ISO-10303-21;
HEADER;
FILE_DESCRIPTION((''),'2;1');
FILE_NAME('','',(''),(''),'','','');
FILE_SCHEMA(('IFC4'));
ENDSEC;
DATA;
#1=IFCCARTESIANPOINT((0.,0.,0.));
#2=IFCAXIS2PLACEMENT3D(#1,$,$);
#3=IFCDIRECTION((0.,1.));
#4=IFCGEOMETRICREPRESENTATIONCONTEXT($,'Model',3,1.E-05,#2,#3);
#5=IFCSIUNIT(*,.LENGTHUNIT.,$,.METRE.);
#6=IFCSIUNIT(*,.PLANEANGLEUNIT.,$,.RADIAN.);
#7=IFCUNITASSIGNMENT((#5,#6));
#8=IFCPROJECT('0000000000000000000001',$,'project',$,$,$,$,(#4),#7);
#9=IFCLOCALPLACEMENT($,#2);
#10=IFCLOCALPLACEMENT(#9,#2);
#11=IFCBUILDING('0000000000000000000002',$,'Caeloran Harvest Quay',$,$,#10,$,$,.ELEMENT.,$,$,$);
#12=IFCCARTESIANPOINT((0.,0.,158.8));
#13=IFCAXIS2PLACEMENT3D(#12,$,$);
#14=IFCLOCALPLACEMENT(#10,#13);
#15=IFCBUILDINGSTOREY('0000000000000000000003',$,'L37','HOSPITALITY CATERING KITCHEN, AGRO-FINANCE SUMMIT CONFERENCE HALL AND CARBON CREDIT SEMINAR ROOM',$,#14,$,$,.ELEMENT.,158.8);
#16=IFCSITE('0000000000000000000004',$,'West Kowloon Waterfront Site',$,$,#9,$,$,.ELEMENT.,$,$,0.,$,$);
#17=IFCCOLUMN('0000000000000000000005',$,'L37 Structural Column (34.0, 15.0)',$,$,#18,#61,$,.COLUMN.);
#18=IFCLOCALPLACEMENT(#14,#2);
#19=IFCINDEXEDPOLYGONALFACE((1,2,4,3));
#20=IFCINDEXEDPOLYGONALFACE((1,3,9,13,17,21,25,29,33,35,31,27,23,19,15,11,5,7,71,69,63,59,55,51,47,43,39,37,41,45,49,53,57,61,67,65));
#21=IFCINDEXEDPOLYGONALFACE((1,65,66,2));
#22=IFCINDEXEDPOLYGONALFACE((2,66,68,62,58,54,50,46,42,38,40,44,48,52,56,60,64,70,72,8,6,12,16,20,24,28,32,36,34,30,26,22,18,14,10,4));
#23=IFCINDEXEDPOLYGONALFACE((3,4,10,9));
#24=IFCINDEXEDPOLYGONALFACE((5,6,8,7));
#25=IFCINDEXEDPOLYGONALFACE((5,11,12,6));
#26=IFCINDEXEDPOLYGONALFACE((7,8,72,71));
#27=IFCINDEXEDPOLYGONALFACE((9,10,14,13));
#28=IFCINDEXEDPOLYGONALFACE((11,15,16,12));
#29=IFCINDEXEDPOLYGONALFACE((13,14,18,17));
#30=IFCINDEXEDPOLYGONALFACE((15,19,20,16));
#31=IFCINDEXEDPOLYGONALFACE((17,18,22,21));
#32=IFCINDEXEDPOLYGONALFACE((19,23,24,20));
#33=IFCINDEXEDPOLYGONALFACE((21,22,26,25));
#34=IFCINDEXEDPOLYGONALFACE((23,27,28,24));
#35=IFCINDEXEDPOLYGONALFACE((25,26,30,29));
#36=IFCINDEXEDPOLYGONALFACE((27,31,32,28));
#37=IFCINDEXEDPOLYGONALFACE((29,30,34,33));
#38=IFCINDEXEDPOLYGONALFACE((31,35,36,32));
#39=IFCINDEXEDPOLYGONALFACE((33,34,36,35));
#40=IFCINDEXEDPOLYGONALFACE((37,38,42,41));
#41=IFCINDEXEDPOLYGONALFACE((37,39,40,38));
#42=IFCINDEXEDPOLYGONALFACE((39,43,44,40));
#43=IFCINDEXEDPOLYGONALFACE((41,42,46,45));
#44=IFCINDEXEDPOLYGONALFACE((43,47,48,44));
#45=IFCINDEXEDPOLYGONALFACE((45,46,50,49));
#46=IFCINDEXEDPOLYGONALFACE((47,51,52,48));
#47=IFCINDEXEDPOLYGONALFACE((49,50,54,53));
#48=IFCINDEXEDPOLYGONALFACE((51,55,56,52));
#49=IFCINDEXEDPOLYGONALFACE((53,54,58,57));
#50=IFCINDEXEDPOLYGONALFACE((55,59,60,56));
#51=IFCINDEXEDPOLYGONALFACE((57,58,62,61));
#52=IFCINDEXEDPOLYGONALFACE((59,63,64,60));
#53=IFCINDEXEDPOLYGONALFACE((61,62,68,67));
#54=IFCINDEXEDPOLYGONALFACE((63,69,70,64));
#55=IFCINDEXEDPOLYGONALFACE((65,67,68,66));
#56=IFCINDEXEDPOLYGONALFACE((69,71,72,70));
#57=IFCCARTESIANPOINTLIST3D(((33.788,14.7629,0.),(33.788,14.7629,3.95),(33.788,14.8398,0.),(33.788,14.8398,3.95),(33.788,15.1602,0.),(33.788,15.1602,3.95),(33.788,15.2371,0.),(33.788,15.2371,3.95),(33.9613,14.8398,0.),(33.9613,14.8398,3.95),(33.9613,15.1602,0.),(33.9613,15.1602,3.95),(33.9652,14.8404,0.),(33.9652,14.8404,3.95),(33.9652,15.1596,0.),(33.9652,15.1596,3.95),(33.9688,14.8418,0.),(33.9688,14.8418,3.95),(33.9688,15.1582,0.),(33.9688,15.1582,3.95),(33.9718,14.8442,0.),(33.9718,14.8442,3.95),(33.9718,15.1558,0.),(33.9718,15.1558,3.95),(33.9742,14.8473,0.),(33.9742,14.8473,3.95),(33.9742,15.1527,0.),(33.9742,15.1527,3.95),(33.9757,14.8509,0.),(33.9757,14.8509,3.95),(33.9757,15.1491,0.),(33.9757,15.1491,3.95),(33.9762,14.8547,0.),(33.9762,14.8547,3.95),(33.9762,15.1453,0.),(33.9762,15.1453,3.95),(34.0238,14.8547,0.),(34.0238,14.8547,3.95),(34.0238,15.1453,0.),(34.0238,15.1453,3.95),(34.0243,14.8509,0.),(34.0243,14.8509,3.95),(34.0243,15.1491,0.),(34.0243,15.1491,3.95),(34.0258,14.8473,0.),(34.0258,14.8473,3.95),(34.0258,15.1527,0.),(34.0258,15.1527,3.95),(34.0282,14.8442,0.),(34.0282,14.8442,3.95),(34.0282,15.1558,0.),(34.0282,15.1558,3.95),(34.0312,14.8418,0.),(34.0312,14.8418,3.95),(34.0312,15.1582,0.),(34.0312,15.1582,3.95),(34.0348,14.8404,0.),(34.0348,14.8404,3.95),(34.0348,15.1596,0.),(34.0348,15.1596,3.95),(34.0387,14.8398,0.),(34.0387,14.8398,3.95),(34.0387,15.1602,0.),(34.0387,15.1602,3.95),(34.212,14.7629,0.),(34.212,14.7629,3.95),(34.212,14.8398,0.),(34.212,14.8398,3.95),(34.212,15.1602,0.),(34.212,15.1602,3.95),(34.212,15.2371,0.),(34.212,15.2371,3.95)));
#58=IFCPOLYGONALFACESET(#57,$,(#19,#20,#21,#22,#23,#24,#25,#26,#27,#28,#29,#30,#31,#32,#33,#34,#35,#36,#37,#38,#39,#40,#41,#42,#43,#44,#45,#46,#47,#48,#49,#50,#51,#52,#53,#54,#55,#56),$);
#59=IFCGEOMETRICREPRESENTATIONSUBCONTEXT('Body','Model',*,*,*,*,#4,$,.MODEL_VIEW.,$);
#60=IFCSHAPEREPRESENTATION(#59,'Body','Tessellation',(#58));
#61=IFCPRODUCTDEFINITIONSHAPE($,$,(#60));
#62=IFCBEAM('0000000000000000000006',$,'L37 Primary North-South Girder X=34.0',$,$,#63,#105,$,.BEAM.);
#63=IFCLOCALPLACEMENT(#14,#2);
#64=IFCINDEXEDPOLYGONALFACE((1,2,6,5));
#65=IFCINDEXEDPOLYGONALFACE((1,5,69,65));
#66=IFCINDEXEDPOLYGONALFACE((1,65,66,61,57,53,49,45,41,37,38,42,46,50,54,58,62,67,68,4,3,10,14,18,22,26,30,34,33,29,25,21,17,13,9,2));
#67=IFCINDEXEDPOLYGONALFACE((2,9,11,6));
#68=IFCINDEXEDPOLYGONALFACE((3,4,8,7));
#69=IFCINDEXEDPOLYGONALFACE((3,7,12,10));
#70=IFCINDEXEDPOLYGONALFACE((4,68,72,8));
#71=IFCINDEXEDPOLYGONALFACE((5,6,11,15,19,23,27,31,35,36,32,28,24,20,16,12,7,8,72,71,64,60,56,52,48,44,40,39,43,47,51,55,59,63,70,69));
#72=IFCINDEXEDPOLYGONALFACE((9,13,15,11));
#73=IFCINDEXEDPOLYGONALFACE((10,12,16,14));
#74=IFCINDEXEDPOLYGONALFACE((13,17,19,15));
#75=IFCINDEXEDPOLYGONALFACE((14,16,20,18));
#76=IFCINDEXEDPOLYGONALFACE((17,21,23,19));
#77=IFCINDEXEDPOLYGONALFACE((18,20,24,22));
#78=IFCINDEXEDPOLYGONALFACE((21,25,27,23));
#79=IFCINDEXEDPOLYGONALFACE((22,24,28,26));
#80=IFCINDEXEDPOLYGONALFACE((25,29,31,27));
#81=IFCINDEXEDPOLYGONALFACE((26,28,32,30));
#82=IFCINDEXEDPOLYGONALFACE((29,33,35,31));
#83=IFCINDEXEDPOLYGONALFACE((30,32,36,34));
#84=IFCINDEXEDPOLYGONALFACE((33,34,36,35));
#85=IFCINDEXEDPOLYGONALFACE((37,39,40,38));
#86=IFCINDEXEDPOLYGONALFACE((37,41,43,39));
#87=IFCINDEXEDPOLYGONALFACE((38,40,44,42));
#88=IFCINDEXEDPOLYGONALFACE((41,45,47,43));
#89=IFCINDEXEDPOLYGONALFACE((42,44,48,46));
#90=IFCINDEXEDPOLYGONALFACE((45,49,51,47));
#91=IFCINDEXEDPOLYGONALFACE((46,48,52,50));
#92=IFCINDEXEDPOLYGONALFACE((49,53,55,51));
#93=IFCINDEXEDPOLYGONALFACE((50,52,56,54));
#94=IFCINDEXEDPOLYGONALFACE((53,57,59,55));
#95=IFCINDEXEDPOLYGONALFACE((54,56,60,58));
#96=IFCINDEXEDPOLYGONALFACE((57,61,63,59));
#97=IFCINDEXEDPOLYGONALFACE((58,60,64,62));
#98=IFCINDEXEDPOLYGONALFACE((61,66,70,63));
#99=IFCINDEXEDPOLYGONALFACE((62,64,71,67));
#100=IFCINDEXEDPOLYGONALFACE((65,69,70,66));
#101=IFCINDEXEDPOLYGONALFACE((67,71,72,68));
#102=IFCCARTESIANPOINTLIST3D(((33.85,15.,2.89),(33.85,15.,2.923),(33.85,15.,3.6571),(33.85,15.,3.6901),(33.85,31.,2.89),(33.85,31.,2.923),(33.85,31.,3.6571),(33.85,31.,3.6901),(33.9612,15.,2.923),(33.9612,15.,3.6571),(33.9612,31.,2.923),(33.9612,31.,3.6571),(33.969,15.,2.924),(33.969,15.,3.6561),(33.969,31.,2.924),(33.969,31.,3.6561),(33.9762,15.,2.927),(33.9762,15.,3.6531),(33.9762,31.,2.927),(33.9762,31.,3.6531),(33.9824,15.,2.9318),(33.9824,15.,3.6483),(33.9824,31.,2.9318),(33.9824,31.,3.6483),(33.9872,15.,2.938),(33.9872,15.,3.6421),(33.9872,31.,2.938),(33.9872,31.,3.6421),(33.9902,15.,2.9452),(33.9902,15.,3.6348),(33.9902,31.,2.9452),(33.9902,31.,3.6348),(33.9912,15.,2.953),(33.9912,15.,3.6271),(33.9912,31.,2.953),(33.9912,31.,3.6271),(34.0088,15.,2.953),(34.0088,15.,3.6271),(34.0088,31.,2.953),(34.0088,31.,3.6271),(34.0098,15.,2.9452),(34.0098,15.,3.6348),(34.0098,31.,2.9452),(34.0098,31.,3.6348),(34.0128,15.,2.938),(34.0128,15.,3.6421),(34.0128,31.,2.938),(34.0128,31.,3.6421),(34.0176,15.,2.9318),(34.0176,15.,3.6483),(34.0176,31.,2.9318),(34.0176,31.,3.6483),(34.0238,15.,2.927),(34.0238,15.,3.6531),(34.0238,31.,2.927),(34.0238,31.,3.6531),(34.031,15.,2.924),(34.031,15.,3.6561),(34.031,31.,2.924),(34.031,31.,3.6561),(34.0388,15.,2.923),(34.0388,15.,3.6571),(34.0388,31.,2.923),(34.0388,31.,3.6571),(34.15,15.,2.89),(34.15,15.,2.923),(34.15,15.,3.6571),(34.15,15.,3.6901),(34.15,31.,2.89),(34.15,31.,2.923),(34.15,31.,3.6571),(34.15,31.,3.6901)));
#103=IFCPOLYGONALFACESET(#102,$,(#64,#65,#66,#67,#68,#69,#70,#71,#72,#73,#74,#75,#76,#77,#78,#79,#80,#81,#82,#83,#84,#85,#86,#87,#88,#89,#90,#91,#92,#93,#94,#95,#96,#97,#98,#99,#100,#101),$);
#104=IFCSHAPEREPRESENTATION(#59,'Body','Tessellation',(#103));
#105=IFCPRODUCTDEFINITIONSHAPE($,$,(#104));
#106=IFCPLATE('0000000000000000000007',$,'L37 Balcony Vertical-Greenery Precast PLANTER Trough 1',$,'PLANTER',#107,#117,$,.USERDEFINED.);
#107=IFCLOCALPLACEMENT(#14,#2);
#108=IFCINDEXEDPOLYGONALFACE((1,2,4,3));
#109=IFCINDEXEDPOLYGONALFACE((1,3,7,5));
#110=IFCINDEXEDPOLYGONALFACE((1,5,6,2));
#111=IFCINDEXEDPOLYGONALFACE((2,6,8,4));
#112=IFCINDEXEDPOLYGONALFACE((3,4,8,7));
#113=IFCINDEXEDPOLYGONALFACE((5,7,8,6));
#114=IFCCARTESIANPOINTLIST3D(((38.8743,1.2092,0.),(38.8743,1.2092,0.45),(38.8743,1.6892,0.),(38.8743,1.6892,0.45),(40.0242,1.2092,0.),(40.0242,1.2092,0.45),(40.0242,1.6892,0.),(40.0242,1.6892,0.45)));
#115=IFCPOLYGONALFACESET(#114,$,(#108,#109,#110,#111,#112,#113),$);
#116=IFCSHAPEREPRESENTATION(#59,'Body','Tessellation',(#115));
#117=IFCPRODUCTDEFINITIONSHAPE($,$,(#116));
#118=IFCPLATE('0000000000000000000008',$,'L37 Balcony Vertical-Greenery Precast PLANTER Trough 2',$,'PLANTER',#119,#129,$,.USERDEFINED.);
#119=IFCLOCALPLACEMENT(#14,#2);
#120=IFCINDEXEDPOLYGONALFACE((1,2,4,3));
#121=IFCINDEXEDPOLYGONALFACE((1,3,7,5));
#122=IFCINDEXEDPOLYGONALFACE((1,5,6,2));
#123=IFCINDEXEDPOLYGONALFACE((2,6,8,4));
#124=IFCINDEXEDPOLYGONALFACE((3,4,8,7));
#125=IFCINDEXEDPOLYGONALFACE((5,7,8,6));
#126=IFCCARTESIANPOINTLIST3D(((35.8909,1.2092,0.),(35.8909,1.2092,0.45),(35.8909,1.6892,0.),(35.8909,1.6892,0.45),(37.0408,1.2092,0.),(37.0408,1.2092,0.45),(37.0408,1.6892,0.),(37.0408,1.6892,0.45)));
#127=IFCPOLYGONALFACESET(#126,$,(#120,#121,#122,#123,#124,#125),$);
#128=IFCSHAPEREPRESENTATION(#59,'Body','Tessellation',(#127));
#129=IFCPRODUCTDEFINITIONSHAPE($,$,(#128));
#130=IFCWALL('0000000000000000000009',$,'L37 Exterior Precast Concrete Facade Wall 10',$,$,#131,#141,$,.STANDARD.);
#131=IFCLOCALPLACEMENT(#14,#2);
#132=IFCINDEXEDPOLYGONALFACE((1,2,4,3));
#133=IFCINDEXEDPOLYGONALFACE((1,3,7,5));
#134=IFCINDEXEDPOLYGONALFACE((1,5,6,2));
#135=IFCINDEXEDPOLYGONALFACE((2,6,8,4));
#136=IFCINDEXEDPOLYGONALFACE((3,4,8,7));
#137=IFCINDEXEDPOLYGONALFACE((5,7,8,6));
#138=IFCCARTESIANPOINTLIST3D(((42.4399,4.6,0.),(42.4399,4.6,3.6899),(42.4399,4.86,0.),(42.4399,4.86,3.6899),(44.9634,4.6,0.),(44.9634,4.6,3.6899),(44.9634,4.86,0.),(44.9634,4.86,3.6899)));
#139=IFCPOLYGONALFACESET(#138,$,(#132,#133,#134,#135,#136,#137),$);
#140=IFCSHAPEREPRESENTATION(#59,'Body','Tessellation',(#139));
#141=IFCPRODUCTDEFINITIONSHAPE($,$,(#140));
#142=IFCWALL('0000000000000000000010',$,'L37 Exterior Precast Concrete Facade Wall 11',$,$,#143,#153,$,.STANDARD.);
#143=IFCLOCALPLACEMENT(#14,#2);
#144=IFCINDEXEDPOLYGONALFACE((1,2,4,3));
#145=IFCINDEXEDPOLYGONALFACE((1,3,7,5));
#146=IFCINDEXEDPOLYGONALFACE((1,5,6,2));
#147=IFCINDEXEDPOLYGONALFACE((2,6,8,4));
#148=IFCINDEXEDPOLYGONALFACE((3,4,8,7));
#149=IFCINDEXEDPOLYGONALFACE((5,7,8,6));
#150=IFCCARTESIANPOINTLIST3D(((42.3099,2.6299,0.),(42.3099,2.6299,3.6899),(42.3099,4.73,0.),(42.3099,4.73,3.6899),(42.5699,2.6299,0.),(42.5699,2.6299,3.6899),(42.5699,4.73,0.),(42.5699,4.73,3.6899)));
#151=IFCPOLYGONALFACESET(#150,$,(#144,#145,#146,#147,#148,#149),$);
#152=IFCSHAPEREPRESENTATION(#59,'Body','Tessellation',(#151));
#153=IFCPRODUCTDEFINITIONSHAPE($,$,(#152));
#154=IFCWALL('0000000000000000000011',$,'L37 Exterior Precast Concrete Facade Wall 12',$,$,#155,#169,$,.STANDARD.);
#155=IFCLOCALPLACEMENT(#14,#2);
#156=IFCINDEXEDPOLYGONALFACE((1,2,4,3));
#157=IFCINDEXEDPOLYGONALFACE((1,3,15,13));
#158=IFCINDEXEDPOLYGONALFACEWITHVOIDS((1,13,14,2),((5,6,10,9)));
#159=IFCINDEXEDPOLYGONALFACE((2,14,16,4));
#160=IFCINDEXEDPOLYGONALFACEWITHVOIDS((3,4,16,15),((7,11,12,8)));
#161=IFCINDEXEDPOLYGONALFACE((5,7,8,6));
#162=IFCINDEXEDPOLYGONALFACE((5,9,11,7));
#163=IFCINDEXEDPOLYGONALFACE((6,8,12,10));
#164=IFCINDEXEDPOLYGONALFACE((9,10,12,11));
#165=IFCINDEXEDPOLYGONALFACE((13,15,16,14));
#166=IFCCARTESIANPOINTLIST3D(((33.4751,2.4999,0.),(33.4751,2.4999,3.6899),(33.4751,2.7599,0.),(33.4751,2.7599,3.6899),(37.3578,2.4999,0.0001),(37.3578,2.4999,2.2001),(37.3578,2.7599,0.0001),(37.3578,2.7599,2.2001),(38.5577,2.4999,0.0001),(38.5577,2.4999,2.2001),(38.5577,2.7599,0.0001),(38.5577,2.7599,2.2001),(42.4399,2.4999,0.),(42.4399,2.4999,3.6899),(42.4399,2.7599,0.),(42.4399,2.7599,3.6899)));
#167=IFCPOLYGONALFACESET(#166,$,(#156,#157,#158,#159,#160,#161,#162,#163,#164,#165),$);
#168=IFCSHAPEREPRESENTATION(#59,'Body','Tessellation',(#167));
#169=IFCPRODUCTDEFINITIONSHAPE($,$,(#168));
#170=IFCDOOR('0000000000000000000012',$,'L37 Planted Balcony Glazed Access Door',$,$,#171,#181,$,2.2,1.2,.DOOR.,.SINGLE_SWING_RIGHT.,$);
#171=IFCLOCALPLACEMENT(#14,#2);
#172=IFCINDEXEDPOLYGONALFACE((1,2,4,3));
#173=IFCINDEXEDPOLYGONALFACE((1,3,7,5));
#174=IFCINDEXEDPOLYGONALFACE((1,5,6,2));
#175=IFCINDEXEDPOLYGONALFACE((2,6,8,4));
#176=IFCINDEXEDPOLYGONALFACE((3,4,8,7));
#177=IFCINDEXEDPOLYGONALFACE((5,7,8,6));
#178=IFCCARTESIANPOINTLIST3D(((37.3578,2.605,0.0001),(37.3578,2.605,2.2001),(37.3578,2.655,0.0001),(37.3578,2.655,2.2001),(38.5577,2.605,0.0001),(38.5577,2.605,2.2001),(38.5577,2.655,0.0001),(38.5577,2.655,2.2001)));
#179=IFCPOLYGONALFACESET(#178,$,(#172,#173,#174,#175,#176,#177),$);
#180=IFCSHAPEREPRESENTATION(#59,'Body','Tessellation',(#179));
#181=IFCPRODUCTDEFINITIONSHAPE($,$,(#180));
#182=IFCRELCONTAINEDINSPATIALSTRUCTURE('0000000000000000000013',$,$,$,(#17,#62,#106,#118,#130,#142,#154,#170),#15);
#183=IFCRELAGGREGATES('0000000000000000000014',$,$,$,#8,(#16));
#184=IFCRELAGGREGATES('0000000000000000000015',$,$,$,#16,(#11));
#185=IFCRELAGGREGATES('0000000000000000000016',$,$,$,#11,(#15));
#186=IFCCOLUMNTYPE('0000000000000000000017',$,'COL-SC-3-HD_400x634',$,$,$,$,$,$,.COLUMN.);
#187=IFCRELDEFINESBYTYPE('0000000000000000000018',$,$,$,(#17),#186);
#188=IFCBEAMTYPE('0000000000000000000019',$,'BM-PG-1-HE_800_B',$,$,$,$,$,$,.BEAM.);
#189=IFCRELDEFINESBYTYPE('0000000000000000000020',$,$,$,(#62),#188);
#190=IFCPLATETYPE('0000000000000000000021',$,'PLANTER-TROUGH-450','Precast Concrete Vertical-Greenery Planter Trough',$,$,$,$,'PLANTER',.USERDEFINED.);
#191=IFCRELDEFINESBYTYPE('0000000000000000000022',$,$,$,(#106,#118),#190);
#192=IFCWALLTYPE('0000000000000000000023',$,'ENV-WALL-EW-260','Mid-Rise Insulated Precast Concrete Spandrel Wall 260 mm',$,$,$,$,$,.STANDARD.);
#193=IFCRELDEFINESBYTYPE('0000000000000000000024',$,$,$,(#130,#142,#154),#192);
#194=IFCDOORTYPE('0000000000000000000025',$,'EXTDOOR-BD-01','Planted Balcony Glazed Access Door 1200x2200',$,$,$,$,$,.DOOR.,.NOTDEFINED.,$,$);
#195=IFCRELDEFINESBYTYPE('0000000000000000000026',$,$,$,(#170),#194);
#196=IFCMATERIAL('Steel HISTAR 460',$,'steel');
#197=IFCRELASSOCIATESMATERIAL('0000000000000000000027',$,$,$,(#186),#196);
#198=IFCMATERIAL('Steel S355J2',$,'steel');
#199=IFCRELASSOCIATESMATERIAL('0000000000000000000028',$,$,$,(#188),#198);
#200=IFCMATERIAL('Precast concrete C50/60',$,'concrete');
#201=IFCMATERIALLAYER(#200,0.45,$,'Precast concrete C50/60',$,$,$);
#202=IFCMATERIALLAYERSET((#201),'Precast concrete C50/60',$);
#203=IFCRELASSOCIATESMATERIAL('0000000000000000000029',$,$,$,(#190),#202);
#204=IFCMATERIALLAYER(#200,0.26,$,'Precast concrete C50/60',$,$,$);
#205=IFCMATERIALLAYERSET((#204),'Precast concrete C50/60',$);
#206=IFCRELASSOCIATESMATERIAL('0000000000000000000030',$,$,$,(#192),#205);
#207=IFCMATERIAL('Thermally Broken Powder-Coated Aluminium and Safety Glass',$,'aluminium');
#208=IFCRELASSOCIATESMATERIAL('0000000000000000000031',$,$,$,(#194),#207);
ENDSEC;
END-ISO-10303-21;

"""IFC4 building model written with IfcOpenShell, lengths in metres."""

from ifc_helpers import new_model, si_unit, direction, frame, frame_2d, origin, origin_2d, place, context, subcontext, project, spatial, rectangle, i_section, extrude, material, layer, layer_set, material_profile, profile_set, type_object, element, fill, save


model = new_model("IFC4")

# Units and contexts
model_context = context("Model", 3, precision=1e-05, world=origin(), true_north=direction((0.0, 1.0)))
body_context = subcontext(model_context, "Body", "Model", "MODEL_VIEW")
ifc_project = project(units=[si_unit("LENGTHUNIT", "METRE"), si_unit("PLANEANGLEUNIT", "RADIAN")], contexts=[model_context])

# Site, building, storey
site_placement = place(None, origin())
site = spatial("IfcSite", under=ifc_project, at=site_placement, Name="West Kowloon Waterfront Site", CompositionType="ELEMENT", RefElevation=0.0)
building_placement = place(site_placement, origin())
building = spatial("IfcBuilding", under=site, at=building_placement, Name="Caeloran Harvest Quay", CompositionType="ELEMENT")
storey_placement = place(building_placement, frame((0.0, 0.0, 158.8)))
storey = spatial("IfcBuildingStorey", under=building, at=storey_placement, Name="L37", Description="HOSPITALITY CATERING KITCHEN, AGRO-FINANCE SUMMIT CONFERENCE HALL AND CARBON CREDIT SEMINAR ROOM", CompositionType="ELEMENT", Elevation=158.8)

# Column
ifc_material_1 = material(Name="Steel HISTAR 460", Category="steel")
ifc_material_profile_1 = material_profile(ifc_material_1, i_section(OverallWidth=0.4241, OverallDepth=0.4741, WebThickness=0.0476, FlangeThickness=0.0769, FilletRadius=0.0149, at=origin_2d()), Name="HD 400x634")
ifc_profile_set_1 = profile_set([ifc_material_profile_1], Name="Steel HISTAR 460")
column_type = type_object("IfcColumnType", Name="COL-SC-3-HD_400x634", PredefinedType="COLUMN", material=ifc_profile_set_1)
column_placement = place(storey_placement, frame((34.0, 15.0, 0.0), z_axis=(0.0, 0.0, 1.0), x_axis=(1.0, 0.0, 0.0)))
element("IfcColumn", 1, at=column_placement, inside=storey, type_object=column_type, Name="L37 Structural Column (34.0, 15.0)", PredefinedType="COLUMN", context=body_context, shape_type="SweptSolid", body=[
    extrude(i_section(OverallWidth=0.4241, OverallDepth=0.4741, WebThickness=0.0476, FlangeThickness=0.0769, FilletRadius=0.0149, at=origin_2d()), origin(), (0.0, 0.0, 1.0), 3.95),
])

# Beam
ifc_material_2 = material(Name="Steel S355J2", Category="steel")
ifc_material_profile_2 = material_profile(ifc_material_2, i_section(OverallWidth=0.3, OverallDepth=0.8, WebThickness=0.0176, FlangeThickness=0.033, FilletRadius=0.03, at=origin_2d()), Name="HE 800 B")
ifc_profile_set_2 = profile_set([ifc_material_profile_2], Name="Steel S355J2")
beam_type = type_object("IfcBeamType", Name="BM-PG-1-HE_800_B", PredefinedType="BEAM", material=ifc_profile_set_2)
beam_placement = place(storey_placement, frame((34.0, 15.0, 3.29), z_axis=(0.0, 1.0, 0.0), x_axis=(-1.0, 0.0, 0.0)))
element("IfcBeam", 2, at=beam_placement, inside=storey, type_object=beam_type, Name="L37 Primary North-South Girder X=34.0", PredefinedType="BEAM", context=body_context, shape_type="SweptSolid", body=[
    extrude(i_section(OverallWidth=0.3, OverallDepth=0.8, WebThickness=0.0176, FlangeThickness=0.033, FilletRadius=0.03, at=origin_2d()), origin(), (0.0, 0.0, 1.0), 16.0),
])

# Plates
ifc_material_3 = material(Name="Precast concrete C50/60", Category="concrete")
ifc_layer_1 = layer(ifc_material_3, 0.45, Name="Precast concrete C50/60")
ifc_layer_set_1 = layer_set([ifc_layer_1], Name="Precast concrete C50/60")
plate_type = type_object("IfcPlateType", Name="PLANTER-TROUGH-450", Description="Precast Concrete Vertical-Greenery Planter Trough", ElementType="PLANTER", PredefinedType="USERDEFINED", material=ifc_layer_set_1)
for number, where, z_axis, x_axis, name in (
    (3, (39.4492, 1.4492, 0.0), (0.0, 0.0, 1.0), (1.0, 0.0, 0.0), "L37 Balcony Vertical-Greenery Precast PLANTER Trough 1"),
    (4, (36.4658, 1.4492, 0.0), (0.0, 0.0, 1.0), (1.0, 0.0, 0.0), "L37 Balcony Vertical-Greenery Precast PLANTER Trough 2"),
):
    element("IfcPlate", number, at=place(storey_placement, frame(where, z_axis=z_axis, x_axis=x_axis)), inside=storey, type_object=plate_type, Name=name, ObjectType="PLANTER", PredefinedType="USERDEFINED", context=body_context, shape_type="SweptSolid", body=[
        extrude(rectangle(XDim=1.1499, YDim=0.48, at=origin_2d()), origin(), (0.0, 0.0, 1.0), 0.45),
    ])

# Walls
ifc_layer_2 = layer(ifc_material_3, 0.26, Name="Precast concrete C50/60")
ifc_layer_set_2 = layer_set([ifc_layer_2], Name="Precast concrete C50/60")
wall_type_1 = type_object("IfcWallType", Name="ENV-WALL-EW-260", Description="Mid-Rise Insulated Precast Concrete Spandrel Wall 260 mm", PredefinedType="STANDARD", material=ifc_layer_set_2)
wall_1_placement = place(storey_placement, frame((44.9634, 4.73, 0.0), z_axis=(0.0, 0.0, 1.0), x_axis=(-1.0, 0.0, 0.0)))
element("IfcWall", 5, at=wall_1_placement, inside=storey, type_object=wall_type_1, Name="L37 Exterior Precast Concrete Facade Wall 10", PredefinedType="STANDARD", context=body_context, shape_type="SweptSolid", body=[
    extrude(rectangle(XDim=2.5234, YDim=0.26, at=frame_2d((1.2617, 0.0))), origin(), (0.0, 0.0, 1.0), 3.6899),
])
wall_2_placement = place(storey_placement, frame((42.4399, 4.73, 0.0), z_axis=(0.0, 0.0, 1.0), x_axis=(0.0, -1.0, 0.0)))
element("IfcWall", 6, at=wall_2_placement, inside=storey, type_object=wall_type_1, Name="L37 Exterior Precast Concrete Facade Wall 11", PredefinedType="STANDARD", context=body_context, shape_type="SweptSolid", body=[
    extrude(rectangle(XDim=2.1001, YDim=0.26, at=frame_2d((1.05, 0.0))), origin(), (0.0, 0.0, 1.0), 3.6899),
])

# Wall, opening, door
wall_3_placement = place(storey_placement, frame((42.4399, 2.6299, 0.0), z_axis=(0.0, 0.0, 1.0), x_axis=(-1.0, 0.0, 0.0)))
wall_3 = element("IfcWall", 7, at=wall_3_placement, inside=storey, type_object=wall_type_1, Name="L37 Exterior Precast Concrete Facade Wall 12", PredefinedType="STANDARD", context=body_context, shape_type="SweptSolid", body=[
    extrude(rectangle(XDim=8.9648, YDim=0.26, at=frame_2d((4.4824, 0.0))), origin(), (0.0, 0.0, 1.0), 3.6899),
])
opening_1_placement = place(wall_3_placement, frame((3.8821, 0.0, 0.0)))
opening_1 = element("IfcOpeningElement", 8, at=opening_1_placement, cuts=wall_3, PredefinedType="OPENING", context=body_context, shape_type="SweptSolid", body=[
    extrude(rectangle(XDim=1.2, YDim=2.2, at=frame_2d((0.6001, 1.1001))), frame((0.0, 0.1401, 0.0), z_axis=(0.0, -1.0, 0.0), x_axis=(1.0, 0.0, 0.0)), (0.0, 0.0, 1.0), 0.28),
])
ifc_material_4 = material(Name="Thermally Broken Powder-Coated Aluminium and Safety Glass", Category="aluminium")
door_type = type_object("IfcDoorType", Name="EXTDOOR-BD-01", Description="Planted Balcony Glazed Access Door 1200x2200", OperationType="NOTDEFINED", PredefinedType="DOOR", material=ifc_material_4)
door_placement = place(opening_1_placement, origin())
door = element("IfcDoor", 9, at=door_placement, inside=storey, type_object=door_type, Name="L37 Planted Balcony Glazed Access Door", OperationType="SINGLE_SWING_RIGHT", OverallHeight=2.2, OverallWidth=1.2, PredefinedType="DOOR", context=body_context, shape_type="SweptSolid", body=[
    extrude(rectangle(XDim=1.2, YDim=2.2, at=frame_2d((0.6001, 1.1001))), frame((0.0, 0.0249, 0.0), z_axis=(0.0, -1.0, 0.0), x_axis=(1.0, 0.0, 0.0)), (0.0, 0.0, 1.0), 0.05),
])
fill(opening_1, door)

save(model, "model.ifc")
